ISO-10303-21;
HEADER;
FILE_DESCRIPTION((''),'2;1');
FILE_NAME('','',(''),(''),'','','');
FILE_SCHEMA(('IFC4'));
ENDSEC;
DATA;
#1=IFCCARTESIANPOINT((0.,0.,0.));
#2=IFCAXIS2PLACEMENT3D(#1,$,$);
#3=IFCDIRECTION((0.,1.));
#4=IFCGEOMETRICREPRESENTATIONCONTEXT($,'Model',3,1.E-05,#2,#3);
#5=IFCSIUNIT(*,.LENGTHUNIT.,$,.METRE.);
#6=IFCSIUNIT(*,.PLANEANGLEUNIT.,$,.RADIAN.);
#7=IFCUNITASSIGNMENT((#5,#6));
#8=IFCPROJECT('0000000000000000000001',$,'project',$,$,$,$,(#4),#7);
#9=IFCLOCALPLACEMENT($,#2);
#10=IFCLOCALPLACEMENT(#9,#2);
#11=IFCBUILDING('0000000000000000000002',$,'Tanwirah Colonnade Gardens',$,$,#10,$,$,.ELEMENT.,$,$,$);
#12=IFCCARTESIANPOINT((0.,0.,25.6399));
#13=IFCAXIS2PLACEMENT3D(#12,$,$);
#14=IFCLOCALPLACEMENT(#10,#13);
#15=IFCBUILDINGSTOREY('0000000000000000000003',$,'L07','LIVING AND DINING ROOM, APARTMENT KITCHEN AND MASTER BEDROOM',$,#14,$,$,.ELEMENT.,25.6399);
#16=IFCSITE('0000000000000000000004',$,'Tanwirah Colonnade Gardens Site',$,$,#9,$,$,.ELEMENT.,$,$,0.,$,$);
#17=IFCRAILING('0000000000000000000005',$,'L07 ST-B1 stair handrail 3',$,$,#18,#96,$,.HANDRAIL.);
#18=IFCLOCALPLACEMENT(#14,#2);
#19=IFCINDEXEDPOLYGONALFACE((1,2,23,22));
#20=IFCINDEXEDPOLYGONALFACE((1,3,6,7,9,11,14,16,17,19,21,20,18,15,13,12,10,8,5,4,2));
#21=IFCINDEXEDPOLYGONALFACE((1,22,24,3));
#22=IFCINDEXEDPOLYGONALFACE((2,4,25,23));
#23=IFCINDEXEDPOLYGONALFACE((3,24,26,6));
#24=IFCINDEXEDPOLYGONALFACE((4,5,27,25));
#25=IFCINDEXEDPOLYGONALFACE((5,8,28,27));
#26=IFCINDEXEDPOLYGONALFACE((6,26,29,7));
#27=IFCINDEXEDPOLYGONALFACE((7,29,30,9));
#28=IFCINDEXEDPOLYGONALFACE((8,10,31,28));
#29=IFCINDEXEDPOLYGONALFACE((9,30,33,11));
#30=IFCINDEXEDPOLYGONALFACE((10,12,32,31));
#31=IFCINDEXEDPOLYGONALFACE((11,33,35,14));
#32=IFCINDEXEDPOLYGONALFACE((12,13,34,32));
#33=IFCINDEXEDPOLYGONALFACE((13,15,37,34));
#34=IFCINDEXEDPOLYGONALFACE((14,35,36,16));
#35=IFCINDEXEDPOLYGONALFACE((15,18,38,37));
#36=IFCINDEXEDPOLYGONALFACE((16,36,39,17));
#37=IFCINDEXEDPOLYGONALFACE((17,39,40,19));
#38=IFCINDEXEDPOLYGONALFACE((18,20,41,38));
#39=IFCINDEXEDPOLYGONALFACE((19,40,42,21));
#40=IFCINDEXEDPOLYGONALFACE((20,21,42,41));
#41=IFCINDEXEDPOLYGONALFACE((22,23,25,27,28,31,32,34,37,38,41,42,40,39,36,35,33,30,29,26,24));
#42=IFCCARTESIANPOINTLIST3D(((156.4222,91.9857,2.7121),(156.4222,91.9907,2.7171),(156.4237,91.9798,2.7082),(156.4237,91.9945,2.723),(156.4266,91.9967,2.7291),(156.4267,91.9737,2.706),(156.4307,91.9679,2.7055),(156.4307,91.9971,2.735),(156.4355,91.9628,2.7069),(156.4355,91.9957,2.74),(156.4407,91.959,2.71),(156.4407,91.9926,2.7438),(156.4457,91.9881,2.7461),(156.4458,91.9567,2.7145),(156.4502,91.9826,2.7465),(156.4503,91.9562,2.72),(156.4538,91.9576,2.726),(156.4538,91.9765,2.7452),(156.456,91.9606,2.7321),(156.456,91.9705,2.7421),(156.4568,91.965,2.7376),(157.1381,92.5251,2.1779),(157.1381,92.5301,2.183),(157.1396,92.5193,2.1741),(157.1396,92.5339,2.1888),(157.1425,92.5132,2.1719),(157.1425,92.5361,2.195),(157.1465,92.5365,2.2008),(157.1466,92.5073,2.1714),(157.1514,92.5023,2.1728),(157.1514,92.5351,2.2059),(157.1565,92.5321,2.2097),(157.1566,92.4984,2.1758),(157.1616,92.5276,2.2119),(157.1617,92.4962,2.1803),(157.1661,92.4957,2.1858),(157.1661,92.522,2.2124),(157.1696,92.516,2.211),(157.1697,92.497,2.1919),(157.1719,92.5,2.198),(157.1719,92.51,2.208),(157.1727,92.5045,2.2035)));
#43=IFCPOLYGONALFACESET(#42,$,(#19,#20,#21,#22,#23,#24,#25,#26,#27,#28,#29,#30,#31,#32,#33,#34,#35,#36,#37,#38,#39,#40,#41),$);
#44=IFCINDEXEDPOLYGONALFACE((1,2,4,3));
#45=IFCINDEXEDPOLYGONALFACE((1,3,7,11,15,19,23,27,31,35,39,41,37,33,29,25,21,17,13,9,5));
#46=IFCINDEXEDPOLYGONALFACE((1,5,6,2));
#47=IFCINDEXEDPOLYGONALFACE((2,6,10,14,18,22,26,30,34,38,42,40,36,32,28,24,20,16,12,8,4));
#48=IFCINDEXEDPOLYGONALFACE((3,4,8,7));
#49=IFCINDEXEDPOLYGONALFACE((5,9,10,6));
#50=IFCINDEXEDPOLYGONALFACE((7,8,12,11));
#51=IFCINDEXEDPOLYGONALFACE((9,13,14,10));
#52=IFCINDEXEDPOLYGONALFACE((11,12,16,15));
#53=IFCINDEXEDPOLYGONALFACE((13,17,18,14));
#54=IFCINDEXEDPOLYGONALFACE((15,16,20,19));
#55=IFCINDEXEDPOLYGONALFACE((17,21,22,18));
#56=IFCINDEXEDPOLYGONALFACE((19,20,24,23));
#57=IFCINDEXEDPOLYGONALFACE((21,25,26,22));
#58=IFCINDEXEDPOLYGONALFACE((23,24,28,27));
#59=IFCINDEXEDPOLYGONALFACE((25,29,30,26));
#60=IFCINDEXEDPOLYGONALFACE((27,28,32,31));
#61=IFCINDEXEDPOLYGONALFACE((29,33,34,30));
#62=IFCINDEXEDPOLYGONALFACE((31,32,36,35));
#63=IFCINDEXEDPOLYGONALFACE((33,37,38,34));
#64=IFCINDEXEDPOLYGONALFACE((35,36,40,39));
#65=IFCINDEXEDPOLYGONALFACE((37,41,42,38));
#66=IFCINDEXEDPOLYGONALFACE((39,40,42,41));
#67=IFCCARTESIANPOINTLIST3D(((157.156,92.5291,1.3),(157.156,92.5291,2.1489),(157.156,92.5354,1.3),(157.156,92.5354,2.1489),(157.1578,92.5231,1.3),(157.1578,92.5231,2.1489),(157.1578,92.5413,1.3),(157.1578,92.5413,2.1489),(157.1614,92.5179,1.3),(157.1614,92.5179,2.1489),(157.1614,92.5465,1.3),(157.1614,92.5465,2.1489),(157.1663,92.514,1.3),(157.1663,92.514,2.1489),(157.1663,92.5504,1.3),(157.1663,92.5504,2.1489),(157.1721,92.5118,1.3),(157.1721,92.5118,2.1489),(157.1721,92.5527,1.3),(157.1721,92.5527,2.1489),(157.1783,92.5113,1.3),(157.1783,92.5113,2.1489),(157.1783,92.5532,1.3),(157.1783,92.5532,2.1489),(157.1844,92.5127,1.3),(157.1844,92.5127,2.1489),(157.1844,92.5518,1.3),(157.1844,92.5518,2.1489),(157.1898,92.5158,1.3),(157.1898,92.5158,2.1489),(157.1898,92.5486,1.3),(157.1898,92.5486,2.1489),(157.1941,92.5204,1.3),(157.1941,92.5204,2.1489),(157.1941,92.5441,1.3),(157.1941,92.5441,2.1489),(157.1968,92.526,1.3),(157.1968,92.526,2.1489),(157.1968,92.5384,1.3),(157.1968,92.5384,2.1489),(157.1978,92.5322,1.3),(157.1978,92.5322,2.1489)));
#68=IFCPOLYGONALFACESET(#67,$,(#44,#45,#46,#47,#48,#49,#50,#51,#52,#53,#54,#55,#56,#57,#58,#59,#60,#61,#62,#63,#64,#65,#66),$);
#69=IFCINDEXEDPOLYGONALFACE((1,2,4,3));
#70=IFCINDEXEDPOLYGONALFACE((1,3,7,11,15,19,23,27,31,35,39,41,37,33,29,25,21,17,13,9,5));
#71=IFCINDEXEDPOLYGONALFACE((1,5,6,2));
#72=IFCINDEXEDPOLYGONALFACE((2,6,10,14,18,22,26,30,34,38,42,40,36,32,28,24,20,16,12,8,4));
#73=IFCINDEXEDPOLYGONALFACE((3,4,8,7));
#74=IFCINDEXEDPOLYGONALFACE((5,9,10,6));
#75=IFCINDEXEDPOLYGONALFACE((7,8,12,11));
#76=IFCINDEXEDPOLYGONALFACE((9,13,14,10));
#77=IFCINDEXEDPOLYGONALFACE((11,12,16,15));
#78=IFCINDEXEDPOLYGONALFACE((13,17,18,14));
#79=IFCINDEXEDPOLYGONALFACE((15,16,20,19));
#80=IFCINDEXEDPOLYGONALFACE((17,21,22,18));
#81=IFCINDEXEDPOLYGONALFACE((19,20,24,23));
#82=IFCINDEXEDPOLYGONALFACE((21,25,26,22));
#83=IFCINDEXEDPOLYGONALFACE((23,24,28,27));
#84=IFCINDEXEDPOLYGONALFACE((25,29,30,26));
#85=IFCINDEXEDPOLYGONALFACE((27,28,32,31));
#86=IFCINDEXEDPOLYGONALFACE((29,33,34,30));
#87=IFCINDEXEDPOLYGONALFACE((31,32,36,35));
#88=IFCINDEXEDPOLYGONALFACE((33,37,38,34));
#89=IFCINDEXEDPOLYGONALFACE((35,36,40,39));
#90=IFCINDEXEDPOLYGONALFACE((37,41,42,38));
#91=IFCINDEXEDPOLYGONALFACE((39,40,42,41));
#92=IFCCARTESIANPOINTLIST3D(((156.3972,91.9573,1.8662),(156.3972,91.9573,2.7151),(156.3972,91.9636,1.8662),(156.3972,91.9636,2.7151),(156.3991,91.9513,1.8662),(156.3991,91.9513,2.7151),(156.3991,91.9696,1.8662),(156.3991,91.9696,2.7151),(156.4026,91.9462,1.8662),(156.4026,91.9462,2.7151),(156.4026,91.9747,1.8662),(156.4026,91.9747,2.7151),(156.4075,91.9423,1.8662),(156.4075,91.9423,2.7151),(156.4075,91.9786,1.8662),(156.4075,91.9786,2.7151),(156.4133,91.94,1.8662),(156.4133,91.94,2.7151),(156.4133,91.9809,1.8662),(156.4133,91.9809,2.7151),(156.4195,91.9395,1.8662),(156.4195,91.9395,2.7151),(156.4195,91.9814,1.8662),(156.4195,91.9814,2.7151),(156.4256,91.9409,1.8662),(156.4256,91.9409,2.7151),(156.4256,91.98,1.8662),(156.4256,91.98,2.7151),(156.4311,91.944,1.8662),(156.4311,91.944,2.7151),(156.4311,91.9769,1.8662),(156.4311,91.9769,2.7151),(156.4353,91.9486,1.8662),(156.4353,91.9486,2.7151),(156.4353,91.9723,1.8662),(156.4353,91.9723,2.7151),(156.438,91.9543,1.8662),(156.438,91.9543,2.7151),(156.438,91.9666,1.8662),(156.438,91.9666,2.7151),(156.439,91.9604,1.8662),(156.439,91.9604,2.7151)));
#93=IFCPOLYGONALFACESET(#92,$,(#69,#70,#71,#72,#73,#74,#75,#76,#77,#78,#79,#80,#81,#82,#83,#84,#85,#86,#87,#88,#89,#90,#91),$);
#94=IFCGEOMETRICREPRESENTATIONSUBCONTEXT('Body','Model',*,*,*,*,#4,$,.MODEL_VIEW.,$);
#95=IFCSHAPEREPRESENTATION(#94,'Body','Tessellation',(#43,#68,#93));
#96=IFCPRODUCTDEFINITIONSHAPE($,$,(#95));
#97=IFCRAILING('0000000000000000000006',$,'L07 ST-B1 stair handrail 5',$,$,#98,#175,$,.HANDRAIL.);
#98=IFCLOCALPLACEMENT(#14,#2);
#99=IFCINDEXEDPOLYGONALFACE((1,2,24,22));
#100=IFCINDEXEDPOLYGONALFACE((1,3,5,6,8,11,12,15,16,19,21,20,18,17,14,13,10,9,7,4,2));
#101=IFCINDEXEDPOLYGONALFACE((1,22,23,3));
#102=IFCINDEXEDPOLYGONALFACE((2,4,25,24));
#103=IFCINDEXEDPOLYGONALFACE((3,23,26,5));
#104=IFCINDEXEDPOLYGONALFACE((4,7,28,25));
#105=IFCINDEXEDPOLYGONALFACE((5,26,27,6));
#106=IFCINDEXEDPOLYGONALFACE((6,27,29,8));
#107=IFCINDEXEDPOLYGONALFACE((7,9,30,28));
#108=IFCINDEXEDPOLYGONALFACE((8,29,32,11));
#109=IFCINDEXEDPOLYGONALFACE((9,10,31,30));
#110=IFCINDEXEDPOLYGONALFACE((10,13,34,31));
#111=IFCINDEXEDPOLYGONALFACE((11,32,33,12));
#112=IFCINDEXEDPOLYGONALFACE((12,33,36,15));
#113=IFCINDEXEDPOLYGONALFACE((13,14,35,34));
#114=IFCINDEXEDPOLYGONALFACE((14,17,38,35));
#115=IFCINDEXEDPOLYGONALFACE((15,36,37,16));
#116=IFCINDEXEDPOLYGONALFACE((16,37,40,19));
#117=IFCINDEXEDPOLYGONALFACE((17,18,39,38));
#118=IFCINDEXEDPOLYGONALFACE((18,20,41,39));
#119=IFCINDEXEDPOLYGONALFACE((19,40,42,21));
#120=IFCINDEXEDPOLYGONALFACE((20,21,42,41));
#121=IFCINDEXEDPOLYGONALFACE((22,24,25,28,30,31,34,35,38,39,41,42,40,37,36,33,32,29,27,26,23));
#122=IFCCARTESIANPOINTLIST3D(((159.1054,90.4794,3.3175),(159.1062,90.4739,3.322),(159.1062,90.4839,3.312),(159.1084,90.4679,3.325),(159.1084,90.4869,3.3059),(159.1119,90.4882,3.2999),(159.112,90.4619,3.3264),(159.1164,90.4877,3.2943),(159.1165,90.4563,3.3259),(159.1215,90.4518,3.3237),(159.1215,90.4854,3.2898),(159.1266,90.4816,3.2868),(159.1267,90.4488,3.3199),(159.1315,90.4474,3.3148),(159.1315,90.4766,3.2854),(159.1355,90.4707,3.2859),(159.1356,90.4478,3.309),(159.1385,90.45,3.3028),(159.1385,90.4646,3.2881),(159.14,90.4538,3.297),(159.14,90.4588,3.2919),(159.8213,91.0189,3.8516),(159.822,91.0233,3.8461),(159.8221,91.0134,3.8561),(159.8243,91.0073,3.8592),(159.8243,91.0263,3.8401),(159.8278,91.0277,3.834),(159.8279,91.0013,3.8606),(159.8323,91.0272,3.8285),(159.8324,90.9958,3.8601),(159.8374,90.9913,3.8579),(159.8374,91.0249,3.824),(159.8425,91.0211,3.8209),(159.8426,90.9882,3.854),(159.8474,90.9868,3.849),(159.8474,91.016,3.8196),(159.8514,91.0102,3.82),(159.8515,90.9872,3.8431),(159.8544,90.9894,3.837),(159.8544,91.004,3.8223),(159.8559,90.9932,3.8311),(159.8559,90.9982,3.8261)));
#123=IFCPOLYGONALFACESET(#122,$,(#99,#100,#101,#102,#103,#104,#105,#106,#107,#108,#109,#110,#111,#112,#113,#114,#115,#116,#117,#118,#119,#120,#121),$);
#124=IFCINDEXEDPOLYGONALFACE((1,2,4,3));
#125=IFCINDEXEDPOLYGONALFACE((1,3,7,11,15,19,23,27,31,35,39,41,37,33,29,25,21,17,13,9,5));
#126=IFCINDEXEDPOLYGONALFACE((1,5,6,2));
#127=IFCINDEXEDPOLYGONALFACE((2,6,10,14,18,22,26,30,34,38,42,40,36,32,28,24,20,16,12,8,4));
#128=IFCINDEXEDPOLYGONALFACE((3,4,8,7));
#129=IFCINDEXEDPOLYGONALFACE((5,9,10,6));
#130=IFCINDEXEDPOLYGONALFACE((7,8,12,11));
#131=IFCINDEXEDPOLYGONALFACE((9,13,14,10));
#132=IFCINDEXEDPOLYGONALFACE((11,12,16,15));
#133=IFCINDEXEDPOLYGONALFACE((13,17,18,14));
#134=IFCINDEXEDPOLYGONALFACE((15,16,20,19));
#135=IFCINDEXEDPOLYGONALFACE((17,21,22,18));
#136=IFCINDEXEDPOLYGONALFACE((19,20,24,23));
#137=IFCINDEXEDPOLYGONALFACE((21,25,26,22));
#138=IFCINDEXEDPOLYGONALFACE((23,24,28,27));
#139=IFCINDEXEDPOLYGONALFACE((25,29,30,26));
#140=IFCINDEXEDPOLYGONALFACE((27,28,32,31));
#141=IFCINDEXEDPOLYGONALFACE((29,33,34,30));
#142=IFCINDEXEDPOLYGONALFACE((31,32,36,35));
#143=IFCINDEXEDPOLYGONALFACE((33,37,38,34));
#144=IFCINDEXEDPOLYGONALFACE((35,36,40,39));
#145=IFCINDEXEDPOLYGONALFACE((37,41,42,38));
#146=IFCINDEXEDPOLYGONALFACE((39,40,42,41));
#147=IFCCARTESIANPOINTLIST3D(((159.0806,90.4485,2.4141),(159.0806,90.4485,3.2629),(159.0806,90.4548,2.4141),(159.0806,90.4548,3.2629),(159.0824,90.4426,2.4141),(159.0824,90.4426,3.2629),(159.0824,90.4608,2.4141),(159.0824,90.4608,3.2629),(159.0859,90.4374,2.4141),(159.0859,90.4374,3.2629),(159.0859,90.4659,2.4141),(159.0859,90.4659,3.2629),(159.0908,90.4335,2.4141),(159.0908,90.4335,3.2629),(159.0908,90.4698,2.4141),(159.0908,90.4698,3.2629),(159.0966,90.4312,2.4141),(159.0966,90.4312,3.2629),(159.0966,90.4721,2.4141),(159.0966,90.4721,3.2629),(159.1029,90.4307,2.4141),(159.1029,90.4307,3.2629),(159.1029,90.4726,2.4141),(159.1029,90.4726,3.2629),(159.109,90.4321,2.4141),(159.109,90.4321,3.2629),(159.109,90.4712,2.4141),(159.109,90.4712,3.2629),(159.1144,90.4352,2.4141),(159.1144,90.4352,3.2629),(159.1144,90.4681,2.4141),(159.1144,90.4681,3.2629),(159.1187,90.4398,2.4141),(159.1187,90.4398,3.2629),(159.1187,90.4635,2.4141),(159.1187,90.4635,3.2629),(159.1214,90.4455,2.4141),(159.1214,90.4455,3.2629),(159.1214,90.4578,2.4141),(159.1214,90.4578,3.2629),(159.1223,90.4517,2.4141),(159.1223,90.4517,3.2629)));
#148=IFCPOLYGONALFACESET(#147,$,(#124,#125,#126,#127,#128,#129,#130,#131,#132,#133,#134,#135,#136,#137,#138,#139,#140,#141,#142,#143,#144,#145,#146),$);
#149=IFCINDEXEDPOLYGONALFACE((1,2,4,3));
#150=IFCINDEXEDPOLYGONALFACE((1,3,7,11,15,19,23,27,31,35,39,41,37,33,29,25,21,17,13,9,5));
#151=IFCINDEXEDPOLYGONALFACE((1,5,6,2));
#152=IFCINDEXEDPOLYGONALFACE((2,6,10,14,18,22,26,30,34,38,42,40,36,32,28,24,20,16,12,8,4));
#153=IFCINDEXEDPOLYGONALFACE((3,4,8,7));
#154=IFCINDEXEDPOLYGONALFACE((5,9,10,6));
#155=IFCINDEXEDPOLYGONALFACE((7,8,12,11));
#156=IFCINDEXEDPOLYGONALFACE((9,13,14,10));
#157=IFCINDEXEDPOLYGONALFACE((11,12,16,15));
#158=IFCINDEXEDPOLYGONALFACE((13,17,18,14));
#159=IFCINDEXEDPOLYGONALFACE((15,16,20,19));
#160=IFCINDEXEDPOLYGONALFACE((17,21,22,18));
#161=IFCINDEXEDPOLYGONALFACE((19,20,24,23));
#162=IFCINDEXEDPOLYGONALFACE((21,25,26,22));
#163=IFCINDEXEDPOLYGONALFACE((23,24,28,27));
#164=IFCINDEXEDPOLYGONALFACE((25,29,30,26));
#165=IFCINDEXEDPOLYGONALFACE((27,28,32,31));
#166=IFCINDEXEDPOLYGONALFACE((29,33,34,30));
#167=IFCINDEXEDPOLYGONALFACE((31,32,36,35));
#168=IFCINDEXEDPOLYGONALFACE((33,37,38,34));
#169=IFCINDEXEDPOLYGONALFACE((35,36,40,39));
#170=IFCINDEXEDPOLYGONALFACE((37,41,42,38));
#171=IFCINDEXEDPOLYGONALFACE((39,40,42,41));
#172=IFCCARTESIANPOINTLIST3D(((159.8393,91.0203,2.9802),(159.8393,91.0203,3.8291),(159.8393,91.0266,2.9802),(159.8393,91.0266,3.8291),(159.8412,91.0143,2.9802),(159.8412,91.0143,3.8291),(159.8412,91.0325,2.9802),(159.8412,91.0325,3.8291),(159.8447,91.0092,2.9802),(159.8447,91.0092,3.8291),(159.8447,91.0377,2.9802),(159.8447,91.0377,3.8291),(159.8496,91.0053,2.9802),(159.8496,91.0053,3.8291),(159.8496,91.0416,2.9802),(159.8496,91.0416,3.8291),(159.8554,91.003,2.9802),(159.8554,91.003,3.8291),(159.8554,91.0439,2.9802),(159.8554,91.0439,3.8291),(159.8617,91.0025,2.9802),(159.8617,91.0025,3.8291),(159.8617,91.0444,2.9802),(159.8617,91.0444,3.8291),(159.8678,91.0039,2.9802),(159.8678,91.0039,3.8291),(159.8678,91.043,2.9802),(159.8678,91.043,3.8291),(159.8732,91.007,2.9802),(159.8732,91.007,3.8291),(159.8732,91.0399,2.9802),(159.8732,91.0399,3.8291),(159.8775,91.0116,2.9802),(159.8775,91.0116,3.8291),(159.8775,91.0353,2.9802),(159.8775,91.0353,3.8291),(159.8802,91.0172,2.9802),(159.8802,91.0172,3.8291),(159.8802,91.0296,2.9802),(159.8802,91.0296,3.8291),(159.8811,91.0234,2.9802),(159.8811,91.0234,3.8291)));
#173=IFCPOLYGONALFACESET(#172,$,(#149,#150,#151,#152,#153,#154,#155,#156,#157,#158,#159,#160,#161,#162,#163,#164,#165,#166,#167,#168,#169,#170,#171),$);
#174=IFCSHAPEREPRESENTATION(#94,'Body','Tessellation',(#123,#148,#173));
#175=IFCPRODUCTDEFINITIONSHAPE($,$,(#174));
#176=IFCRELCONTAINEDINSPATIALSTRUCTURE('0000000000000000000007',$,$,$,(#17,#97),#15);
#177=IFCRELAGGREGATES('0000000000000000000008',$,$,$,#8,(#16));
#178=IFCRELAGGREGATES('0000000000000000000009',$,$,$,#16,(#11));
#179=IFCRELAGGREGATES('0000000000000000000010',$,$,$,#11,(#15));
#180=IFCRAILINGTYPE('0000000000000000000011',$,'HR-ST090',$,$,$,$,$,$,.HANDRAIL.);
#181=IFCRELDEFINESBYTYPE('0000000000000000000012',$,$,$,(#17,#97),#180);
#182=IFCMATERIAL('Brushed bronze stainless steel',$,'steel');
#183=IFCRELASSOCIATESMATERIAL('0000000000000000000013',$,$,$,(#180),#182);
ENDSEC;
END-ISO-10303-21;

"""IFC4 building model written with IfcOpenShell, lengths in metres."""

from ifc_helpers import new_model, si_unit, direction, frame, origin, origin_2d, place, context, subcontext, project, spatial, circle, extrude, material, type_object, element, save


model = new_model("IFC4")

# Units and contexts
model_context = context("Model", 3, precision=1e-05, world=origin(), true_north=direction((0.0, 1.0)))
body_context = subcontext(model_context, "Body", "Model", "MODEL_VIEW")
ifc_project = project(units=[si_unit("LENGTHUNIT", "METRE"), si_unit("PLANEANGLEUNIT", "RADIAN")], contexts=[model_context])

# Site, building, storey
site_placement = place(None, origin())
site = spatial("IfcSite", under=ifc_project, at=site_placement, Name="Tanwirah Colonnade Gardens Site", CompositionType="ELEMENT", RefElevation=0.0)
building_placement = place(site_placement, origin())
building = spatial("IfcBuilding", under=site, at=building_placement, Name="Tanwirah Colonnade Gardens", CompositionType="ELEMENT")
storey_placement = place(building_placement, frame((0.0, 0.0, 25.6399)))
storey = spatial("IfcBuildingStorey", under=building, at=storey_placement, Name="L07", Description="LIVING AND DINING ROOM, APARTMENT KITCHEN AND MASTER BEDROOM", CompositionType="ELEMENT", Elevation=25.6399)

# Railings
ifc_material_1 = material(Name="Brushed bronze stainless steel", Category="steel")
railing_type_1 = type_object("IfcRailingType", Name="HR-ST090", PredefinedType="HANDRAIL", material=ifc_material_1)
railing_1_placement = place(storey_placement, frame((157.1768, 92.5322, 1.3)))
element("IfcRailing", 1, at=railing_1_placement, inside=storey, type_object=railing_type_1, Name="L07 ST-B1 stair handrail 3", PredefinedType="HANDRAIL", context=body_context, shape_type="SweptSolid", body=[
    extrude(circle(Radius=0.0239, at=origin_2d()), frame((-0.0215, -0.0161, 0.8918), z_axis=(-0.686068, -0.516979, 0.511902), x_axis=(0.601807, -0.798641, 0.0)), (0.0, 0.0, 1.0), 1.0435),
    extrude(circle(Radius=0.021, at=origin_2d()), origin(), (0.0, 0.0, 1.0), 0.8489),
    extrude(circle(Radius=0.021, at=origin_2d()), frame((-0.7588, -0.5718, 0.5662)), (0.0, 0.0, 1.0), 0.8489),
])
railing_2_placement = place(storey_placement, frame((159.1013, 90.4517, 2.4141)))
element("IfcRailing", 2, at=railing_2_placement, inside=storey, type_object=railing_type_1, Name="L07 ST-B1 stair handrail 5", PredefinedType="HANDRAIL", context=body_context, shape_type="SweptSolid", body=[
    extrude(circle(Radius=0.0239, at=origin_2d()), frame((0.0215, 0.0161, 0.8918), z_axis=(0.686068, 0.516979, 0.511902), x_axis=(-0.601807, 0.798641, 0.0)), (0.0, 0.0, 1.0), 1.0435),
    extrude(circle(Radius=0.021, at=origin_2d()), origin(), (0.0, 0.0, 1.0), 0.8489),
    extrude(circle(Radius=0.021, at=origin_2d()), frame((0.7588, 0.5718, 0.5662)), (0.0, 0.0, 1.0), 0.8489),
])

save(model, "model.ifc")
